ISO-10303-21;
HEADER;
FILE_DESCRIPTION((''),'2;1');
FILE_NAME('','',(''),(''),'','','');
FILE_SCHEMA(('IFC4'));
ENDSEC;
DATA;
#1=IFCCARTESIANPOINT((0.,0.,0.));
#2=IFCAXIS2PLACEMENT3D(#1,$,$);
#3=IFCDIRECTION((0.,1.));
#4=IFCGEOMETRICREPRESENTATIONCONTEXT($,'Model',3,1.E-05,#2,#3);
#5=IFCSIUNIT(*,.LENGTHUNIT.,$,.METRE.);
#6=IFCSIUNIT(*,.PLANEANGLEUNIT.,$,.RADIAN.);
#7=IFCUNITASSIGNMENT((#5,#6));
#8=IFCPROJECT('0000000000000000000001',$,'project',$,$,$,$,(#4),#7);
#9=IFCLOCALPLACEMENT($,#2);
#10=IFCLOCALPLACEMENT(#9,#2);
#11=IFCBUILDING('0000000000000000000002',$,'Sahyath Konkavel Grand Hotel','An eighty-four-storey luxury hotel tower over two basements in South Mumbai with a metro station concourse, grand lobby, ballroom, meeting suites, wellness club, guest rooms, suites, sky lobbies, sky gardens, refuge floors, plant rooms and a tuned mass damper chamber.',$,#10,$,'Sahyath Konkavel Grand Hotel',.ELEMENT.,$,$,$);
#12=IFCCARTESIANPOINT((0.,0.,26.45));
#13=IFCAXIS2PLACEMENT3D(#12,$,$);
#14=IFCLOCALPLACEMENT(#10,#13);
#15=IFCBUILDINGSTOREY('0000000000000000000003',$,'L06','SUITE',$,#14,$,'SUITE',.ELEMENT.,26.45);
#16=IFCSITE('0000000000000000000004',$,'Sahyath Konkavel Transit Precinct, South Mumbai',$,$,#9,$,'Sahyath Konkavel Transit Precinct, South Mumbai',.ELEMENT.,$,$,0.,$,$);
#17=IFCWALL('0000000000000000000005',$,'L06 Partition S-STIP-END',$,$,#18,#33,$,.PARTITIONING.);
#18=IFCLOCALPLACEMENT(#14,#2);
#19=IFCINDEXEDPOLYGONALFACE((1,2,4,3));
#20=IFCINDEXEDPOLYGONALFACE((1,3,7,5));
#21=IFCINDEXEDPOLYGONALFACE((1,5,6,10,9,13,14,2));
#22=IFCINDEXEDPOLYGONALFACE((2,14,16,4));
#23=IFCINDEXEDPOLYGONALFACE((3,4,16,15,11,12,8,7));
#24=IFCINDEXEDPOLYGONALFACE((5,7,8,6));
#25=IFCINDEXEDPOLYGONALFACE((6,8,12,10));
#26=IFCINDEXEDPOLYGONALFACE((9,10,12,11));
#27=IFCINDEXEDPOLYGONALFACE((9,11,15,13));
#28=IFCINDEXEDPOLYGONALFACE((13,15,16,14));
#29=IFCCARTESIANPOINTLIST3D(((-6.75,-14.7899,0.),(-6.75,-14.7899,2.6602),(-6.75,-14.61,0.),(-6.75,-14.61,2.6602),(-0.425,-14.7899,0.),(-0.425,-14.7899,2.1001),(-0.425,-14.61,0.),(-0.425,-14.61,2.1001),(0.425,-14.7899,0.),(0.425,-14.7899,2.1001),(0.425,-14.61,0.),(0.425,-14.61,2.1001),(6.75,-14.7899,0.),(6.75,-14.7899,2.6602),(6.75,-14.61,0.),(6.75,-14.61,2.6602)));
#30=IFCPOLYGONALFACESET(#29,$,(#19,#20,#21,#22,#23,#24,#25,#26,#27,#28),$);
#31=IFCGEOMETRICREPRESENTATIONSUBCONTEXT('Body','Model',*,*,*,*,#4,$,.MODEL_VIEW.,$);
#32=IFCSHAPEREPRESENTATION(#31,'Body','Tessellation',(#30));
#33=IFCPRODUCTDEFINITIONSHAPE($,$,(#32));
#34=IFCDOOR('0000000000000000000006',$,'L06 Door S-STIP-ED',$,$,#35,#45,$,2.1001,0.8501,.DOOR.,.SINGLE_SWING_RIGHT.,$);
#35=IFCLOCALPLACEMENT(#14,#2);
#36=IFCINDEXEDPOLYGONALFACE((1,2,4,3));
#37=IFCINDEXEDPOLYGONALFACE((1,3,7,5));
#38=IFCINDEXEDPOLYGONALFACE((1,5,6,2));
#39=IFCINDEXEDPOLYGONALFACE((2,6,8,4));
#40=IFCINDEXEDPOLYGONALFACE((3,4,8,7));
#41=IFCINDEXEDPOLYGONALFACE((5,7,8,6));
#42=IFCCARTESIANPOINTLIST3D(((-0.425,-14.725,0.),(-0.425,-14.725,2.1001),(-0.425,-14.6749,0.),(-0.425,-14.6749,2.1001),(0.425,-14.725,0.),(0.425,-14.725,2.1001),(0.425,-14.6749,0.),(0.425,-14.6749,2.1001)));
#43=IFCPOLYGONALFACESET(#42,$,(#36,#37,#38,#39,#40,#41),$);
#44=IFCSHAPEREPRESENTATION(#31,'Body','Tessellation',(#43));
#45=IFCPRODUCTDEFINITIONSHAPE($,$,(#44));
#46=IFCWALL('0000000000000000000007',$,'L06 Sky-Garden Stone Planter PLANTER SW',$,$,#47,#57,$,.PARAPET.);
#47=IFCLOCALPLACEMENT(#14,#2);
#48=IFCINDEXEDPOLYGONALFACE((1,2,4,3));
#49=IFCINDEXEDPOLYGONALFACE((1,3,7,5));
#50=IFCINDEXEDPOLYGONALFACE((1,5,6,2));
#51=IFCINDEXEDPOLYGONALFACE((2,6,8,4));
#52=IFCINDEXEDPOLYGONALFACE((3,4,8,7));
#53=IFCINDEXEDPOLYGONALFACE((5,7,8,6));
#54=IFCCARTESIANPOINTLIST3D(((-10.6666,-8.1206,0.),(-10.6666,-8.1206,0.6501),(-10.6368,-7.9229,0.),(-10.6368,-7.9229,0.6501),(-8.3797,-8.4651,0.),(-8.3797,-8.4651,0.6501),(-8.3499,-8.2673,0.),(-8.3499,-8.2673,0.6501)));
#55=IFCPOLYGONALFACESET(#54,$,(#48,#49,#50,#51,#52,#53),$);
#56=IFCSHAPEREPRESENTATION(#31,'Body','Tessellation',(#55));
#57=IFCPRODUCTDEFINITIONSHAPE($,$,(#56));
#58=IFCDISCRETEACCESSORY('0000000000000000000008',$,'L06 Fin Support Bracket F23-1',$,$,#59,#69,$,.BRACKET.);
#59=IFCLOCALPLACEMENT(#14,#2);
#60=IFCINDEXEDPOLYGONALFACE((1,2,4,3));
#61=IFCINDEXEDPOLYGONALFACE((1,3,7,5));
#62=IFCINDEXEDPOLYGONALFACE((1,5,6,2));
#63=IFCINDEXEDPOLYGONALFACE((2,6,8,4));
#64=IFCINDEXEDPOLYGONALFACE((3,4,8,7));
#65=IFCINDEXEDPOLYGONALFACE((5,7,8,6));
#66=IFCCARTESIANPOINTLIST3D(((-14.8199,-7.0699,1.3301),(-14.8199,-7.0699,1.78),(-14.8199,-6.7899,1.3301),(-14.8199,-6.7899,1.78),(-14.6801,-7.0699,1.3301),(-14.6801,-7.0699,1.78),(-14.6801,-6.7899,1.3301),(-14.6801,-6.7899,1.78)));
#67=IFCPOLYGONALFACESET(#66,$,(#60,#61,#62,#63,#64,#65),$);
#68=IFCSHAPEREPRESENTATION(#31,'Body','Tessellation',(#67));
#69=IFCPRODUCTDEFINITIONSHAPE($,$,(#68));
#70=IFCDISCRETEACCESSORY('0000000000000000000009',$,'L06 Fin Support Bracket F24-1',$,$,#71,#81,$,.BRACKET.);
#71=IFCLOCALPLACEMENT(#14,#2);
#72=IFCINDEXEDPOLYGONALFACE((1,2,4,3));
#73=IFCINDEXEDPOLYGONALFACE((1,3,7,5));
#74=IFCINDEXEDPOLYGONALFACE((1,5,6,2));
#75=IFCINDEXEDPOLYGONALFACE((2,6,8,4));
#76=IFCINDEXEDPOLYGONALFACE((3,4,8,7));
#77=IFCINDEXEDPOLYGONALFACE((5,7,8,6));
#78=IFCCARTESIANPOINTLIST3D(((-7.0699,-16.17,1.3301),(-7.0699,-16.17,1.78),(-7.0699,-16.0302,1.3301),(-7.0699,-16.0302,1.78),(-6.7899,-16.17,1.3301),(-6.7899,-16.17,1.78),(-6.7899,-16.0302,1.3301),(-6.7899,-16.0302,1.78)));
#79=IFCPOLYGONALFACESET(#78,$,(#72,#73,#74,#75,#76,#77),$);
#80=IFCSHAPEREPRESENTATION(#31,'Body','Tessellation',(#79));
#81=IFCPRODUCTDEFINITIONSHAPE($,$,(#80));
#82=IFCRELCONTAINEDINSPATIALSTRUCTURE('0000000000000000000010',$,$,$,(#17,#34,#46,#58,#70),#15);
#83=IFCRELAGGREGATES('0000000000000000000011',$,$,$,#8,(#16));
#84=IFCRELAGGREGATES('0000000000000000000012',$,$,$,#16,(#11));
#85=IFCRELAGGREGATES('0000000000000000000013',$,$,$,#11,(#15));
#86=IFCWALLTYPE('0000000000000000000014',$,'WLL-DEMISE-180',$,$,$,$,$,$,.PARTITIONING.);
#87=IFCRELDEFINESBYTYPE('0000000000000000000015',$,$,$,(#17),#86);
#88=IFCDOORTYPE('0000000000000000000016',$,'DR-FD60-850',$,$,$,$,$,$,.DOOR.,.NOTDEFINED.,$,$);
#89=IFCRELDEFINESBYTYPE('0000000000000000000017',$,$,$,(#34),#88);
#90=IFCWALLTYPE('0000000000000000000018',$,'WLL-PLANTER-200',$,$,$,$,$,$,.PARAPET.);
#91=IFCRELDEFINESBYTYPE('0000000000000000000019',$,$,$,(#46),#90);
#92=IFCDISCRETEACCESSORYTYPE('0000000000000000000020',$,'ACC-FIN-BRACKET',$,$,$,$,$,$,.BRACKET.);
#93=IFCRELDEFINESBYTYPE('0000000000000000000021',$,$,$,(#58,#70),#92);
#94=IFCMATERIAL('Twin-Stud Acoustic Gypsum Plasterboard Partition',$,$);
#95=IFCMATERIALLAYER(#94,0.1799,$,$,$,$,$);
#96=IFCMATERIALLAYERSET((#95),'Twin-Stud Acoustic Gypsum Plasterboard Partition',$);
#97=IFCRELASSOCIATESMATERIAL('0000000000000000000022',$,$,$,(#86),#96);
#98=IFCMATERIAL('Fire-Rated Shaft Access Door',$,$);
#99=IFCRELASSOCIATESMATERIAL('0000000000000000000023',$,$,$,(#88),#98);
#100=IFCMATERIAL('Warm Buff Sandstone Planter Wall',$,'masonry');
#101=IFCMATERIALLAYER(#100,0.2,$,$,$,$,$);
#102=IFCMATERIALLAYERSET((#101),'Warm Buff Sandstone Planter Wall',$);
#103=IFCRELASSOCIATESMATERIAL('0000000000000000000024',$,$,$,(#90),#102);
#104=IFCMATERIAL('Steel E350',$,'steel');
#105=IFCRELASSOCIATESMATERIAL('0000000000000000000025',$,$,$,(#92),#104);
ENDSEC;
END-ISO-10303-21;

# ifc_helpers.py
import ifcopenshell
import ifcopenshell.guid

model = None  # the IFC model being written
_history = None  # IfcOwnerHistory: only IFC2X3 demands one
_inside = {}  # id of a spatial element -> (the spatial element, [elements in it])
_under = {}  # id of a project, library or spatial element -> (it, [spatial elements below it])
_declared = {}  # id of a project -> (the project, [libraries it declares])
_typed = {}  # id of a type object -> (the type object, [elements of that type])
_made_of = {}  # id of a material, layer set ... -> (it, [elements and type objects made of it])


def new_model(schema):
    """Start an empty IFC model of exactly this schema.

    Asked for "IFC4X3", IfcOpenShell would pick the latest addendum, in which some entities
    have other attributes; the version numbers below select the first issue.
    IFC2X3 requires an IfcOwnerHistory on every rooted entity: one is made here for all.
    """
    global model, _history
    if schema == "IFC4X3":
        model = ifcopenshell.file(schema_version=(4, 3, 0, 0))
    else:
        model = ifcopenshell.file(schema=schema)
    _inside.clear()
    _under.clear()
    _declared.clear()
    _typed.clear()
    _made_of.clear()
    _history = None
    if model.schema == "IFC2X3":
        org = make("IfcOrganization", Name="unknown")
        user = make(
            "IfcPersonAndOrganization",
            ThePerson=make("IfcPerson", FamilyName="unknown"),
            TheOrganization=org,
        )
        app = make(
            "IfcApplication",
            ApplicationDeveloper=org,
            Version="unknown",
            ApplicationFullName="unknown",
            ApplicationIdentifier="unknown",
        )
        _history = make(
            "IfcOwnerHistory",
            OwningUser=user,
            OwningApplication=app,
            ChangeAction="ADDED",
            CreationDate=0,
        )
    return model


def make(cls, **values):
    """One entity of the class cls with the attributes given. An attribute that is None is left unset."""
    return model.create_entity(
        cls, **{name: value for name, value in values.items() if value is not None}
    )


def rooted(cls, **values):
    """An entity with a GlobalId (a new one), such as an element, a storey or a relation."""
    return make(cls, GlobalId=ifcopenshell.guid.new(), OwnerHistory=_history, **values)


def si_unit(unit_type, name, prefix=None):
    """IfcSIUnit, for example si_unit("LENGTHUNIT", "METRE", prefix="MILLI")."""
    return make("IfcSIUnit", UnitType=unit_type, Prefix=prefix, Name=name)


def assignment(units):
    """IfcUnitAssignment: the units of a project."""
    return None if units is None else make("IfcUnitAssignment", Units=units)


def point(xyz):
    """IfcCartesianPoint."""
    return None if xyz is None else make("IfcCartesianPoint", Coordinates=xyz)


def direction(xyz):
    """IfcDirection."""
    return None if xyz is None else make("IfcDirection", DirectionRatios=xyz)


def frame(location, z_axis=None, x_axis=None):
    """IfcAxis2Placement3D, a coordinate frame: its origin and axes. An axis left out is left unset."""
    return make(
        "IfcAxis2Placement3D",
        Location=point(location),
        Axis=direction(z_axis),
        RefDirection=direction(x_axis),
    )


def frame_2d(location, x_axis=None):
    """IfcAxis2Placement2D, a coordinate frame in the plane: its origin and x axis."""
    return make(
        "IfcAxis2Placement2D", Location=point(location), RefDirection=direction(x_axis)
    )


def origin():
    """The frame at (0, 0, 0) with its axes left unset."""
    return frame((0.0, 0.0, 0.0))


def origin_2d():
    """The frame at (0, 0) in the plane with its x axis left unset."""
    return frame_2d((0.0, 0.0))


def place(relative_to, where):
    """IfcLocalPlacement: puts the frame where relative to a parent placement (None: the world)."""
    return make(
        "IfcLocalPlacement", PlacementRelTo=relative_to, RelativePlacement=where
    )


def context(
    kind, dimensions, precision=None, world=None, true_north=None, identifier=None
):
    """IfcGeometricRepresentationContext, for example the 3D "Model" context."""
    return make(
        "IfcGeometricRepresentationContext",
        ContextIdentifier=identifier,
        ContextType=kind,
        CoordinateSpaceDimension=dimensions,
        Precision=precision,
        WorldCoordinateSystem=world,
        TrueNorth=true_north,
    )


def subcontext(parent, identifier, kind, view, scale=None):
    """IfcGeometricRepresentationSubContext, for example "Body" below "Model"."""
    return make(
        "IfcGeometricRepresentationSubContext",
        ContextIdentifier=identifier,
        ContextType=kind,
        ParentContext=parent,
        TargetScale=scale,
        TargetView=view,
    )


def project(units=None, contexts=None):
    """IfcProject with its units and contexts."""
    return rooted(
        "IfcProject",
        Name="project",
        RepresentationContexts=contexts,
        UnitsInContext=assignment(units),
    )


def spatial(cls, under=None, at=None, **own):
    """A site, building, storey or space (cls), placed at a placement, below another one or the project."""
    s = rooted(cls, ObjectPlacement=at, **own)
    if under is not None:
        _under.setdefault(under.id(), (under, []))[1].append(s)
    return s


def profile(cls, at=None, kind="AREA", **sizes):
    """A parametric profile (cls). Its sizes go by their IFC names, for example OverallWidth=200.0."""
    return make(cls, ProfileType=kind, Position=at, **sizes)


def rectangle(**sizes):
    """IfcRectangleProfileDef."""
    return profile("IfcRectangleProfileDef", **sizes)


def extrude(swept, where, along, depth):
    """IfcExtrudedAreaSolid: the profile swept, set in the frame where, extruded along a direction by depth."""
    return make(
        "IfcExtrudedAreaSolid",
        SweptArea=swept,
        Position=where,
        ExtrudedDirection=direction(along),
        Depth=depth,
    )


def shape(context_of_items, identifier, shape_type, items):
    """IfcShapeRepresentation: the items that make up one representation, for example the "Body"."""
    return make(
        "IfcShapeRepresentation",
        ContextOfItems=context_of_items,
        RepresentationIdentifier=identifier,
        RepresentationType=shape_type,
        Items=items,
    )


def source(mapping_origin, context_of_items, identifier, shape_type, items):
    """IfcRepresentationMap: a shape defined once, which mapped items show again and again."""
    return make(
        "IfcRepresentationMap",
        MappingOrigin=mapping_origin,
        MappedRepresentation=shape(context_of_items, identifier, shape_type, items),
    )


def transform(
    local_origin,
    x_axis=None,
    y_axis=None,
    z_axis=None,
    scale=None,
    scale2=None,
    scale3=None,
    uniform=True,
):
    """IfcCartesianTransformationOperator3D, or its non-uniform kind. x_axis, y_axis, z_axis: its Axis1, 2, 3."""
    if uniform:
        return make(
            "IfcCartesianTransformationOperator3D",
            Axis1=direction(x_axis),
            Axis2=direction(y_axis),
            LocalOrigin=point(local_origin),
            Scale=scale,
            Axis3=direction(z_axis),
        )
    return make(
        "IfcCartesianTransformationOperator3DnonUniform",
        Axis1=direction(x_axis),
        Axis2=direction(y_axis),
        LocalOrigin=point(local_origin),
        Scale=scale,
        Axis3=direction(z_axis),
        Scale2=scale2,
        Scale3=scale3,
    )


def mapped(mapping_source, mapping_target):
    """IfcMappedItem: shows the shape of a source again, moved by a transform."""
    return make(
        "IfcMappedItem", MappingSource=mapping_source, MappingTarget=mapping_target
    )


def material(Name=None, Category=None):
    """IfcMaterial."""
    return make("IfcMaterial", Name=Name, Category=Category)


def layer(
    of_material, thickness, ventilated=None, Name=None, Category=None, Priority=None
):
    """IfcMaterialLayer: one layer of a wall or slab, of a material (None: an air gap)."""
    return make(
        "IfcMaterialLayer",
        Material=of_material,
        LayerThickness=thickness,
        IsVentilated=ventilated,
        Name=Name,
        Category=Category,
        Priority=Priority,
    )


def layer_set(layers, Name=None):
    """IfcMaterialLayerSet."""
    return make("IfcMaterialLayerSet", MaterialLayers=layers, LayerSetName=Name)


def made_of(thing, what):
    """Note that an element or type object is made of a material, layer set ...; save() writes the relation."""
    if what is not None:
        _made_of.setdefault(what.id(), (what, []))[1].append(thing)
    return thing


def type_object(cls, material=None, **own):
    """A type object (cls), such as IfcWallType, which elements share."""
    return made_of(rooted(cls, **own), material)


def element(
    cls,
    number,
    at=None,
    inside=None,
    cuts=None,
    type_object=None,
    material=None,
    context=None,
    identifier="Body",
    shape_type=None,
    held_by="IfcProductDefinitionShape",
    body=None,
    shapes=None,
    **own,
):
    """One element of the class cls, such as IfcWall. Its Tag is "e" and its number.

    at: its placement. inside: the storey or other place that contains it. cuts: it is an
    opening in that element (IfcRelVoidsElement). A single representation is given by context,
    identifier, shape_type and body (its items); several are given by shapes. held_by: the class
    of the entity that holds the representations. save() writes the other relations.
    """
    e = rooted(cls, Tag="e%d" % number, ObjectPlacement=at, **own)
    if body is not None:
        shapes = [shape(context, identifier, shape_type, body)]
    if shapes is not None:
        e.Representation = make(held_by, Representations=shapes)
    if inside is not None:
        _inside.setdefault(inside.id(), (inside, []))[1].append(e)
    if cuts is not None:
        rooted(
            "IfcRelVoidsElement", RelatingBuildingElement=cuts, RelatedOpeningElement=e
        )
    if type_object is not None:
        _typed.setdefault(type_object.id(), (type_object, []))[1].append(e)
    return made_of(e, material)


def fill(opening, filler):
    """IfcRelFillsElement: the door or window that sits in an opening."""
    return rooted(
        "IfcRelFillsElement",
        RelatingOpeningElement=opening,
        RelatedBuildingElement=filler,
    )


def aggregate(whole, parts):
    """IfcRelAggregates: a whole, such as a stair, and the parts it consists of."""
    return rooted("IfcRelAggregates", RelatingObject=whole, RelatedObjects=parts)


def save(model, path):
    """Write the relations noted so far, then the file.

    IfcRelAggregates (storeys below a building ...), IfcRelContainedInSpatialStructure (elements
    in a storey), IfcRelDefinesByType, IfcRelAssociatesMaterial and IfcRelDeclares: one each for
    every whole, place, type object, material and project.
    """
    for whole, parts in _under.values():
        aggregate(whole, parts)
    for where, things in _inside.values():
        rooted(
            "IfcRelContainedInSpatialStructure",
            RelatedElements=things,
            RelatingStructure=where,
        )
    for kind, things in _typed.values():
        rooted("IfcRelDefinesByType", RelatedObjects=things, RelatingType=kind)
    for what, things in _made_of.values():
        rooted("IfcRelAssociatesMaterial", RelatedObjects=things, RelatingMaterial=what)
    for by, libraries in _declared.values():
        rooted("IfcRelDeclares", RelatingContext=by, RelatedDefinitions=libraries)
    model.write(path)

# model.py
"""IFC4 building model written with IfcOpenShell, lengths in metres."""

from ifc_helpers import new_model, si_unit, direction, frame, frame_2d, origin, origin_2d, place, context, subcontext, project, spatial, rectangle, extrude, source, transform, mapped, material, layer, layer_set, type_object, element, fill, save


model = new_model("IFC4")

# Units and contexts
model_context = context("Model", 3, precision=1e-05, world=origin(), true_north=direction((0.0, 1.0)))
body_context = subcontext(model_context, "Body", "Model", "MODEL_VIEW")
ifc_project = project(units=[si_unit("LENGTHUNIT", "METRE"), si_unit("PLANEANGLEUNIT", "RADIAN")], contexts=[model_context])

# Site, building, storey
site_placement = place(None, origin())
site = spatial("IfcSite", under=ifc_project, at=site_placement, Name="Sahyath Konkavel Transit Precinct, South Mumbai", LongName="Sahyath Konkavel Transit Precinct, South Mumbai", CompositionType="ELEMENT", RefElevation=0.0)
building_placement = place(site_placement, origin())
building = spatial("IfcBuilding", under=site, at=building_placement, Name="Sahyath Konkavel Grand Hotel", Description="An eighty-four-storey luxury hotel tower over two basements in South Mumbai with a metro station concourse, grand lobby, ballroom, meeting suites, wellness club, guest rooms, suites, sky lobbies, sky gardens, refuge floors, plant rooms and a tuned mass damper chamber.", LongName="Sahyath Konkavel Grand Hotel", CompositionType="ELEMENT")
storey_placement = place(building_placement, frame((0.0, 0.0, 26.45)))
storey = spatial("IfcBuildingStorey", under=building, at=storey_placement, Name="L06", Description="SUITE", LongName="SUITE", CompositionType="ELEMENT", Elevation=26.45)

# Shared definitions
ifc_material_1 = material(Name="Steel E350", Category="steel")

# Shared definitions
ifc_material_2 = material(Name="Twin-Stud Acoustic Gypsum Plasterboard Partition")
ifc_layer_1 = layer(ifc_material_2, 0.1799)
ifc_layer_set_1 = layer_set([ifc_layer_1], Name="Twin-Stud Acoustic Gypsum Plasterboard Partition")
wall_type_1 = type_object("IfcWallType", Name="WLL-DEMISE-180", PredefinedType="PARTITIONING", material=ifc_layer_set_1)

# Wall, opening, door
wall_1_placement = place(storey_placement, frame((-6.75, -14.7, 0.0), z_axis=(0.0, 0.0, 1.0), x_axis=(1.0, 0.0, 0.0)))
wall_1 = element("IfcWall", 1, at=wall_1_placement, inside=storey, type_object=wall_type_1, Name="L06 Partition S-STIP-END", PredefinedType="PARTITIONING", context=body_context, shape_type="SweptSolid", body=[
    extrude(rectangle(XDim=13.5, YDim=0.1799, at=frame_2d((6.75, 0.0))), origin(), (0.0, 0.0, 1.0), 2.6602),
])
opening_placement = place(wall_1_placement, frame((6.325, 0.0, 0.0)))
opening = element("IfcOpeningElement", 2, at=opening_placement, cuts=wall_1, PredefinedType="OPENING", context=body_context, shape_type="SweptSolid", body=[
    extrude(rectangle(XDim=0.8501, YDim=2.1001, at=frame_2d((0.425, 1.05))), frame((0.0, 0.1001, 0.0), z_axis=(0.0, -1.0, 0.0), x_axis=(1.0, 0.0, 0.0)), (0.0, 0.0, 1.0), 0.2),
])
ifc_material_3 = material(Name="Fire-Rated Shaft Access Door")
door_type = type_object("IfcDoorType", Name="DR-FD60-850", OperationType="NOTDEFINED", PredefinedType="DOOR", material=ifc_material_3)
shared_shape_1 = source(origin(), body_context, "Body", "SweptSolid", [
    extrude(rectangle(XDim=0.8501, YDim=0.05, at=origin_2d()), origin(), (0.0, 0.0, 1.0), 2.1001),
])
door_placement = place(opening_placement, frame((0.425, 0.0, 0.0)))
door = element("IfcDoor", 3, at=door_placement, inside=storey, type_object=door_type, Name="L06 Door S-STIP-ED", OperationType="SINGLE_SWING_RIGHT", OverallHeight=2.1001, OverallWidth=0.8501, PredefinedType="DOOR", context=body_context, shape_type="MappedRepresentation", body=[
    mapped(shared_shape_1, transform((0.0, 0.0, 0.0), scale=1.0)),
])
fill(opening, door)

# Wall
ifc_material_4 = material(Name="Warm Buff Sandstone Planter Wall", Category="masonry")
ifc_layer_2 = layer(ifc_material_4, 0.2)
ifc_layer_set_2 = layer_set([ifc_layer_2], Name="Warm Buff Sandstone Planter Wall")
wall_type_2 = type_object("IfcWallType", Name="WLL-PLANTER-200", PredefinedType="PARAPET", material=ifc_layer_set_2)
wall_2_placement = place(storey_placement, frame((-10.6516, -8.0217, 0.0), z_axis=(0.0, 0.0, 1.0), x_axis=(0.988844, -0.148955, 0.0)))
element("IfcWall", 4, at=wall_2_placement, inside=storey, type_object=wall_type_2, Name="L06 Sky-Garden Stone Planter PLANTER SW", PredefinedType="PARAPET", context=body_context, shape_type="SweptSolid", body=[
    extrude(rectangle(XDim=2.3127, YDim=0.2, at=frame_2d((1.1562, 0.0))), origin(), (0.0, 0.0, 1.0), 0.6501),
])

# Discrete accessories
discrete_accessory_type = type_object("IfcDiscreteAccessoryType", Name="ACC-FIN-BRACKET", PredefinedType="BRACKET", material=ifc_material_1)
shared_shape_2 = source(origin(), body_context, "Body", "SweptSolid", [
    extrude(rectangle(XDim=0.28, YDim=0.1399, at=origin_2d()), origin(), (0.0, 0.0, 1.0), 0.45),
])
for number, where, z_axis, x_axis, name in (
    (5, (-14.75, -6.9299, 1.3301), (0.0, 0.0, 1.0), (0.0, -1.0, 0.0), "L06 Fin Support Bracket F23-1"),
    (6, (-6.9299, -16.1001, 1.3301), (0.0, 0.0, 1.0), (-1.0, 0.0, 0.0), "L06 Fin Support Bracket F24-1"),
):
    element("IfcDiscreteAccessory", number, at=place(storey_placement, frame(where, z_axis=z_axis, x_axis=x_axis)), inside=storey, type_object=discrete_accessory_type, Name=name, PredefinedType="BRACKET", context=body_context, shape_type="MappedRepresentation", body=[
        mapped(shared_shape_2, transform((0.0, 0.0, 0.0), scale=1.0)),
    ])

save(model, "model.ifc")
